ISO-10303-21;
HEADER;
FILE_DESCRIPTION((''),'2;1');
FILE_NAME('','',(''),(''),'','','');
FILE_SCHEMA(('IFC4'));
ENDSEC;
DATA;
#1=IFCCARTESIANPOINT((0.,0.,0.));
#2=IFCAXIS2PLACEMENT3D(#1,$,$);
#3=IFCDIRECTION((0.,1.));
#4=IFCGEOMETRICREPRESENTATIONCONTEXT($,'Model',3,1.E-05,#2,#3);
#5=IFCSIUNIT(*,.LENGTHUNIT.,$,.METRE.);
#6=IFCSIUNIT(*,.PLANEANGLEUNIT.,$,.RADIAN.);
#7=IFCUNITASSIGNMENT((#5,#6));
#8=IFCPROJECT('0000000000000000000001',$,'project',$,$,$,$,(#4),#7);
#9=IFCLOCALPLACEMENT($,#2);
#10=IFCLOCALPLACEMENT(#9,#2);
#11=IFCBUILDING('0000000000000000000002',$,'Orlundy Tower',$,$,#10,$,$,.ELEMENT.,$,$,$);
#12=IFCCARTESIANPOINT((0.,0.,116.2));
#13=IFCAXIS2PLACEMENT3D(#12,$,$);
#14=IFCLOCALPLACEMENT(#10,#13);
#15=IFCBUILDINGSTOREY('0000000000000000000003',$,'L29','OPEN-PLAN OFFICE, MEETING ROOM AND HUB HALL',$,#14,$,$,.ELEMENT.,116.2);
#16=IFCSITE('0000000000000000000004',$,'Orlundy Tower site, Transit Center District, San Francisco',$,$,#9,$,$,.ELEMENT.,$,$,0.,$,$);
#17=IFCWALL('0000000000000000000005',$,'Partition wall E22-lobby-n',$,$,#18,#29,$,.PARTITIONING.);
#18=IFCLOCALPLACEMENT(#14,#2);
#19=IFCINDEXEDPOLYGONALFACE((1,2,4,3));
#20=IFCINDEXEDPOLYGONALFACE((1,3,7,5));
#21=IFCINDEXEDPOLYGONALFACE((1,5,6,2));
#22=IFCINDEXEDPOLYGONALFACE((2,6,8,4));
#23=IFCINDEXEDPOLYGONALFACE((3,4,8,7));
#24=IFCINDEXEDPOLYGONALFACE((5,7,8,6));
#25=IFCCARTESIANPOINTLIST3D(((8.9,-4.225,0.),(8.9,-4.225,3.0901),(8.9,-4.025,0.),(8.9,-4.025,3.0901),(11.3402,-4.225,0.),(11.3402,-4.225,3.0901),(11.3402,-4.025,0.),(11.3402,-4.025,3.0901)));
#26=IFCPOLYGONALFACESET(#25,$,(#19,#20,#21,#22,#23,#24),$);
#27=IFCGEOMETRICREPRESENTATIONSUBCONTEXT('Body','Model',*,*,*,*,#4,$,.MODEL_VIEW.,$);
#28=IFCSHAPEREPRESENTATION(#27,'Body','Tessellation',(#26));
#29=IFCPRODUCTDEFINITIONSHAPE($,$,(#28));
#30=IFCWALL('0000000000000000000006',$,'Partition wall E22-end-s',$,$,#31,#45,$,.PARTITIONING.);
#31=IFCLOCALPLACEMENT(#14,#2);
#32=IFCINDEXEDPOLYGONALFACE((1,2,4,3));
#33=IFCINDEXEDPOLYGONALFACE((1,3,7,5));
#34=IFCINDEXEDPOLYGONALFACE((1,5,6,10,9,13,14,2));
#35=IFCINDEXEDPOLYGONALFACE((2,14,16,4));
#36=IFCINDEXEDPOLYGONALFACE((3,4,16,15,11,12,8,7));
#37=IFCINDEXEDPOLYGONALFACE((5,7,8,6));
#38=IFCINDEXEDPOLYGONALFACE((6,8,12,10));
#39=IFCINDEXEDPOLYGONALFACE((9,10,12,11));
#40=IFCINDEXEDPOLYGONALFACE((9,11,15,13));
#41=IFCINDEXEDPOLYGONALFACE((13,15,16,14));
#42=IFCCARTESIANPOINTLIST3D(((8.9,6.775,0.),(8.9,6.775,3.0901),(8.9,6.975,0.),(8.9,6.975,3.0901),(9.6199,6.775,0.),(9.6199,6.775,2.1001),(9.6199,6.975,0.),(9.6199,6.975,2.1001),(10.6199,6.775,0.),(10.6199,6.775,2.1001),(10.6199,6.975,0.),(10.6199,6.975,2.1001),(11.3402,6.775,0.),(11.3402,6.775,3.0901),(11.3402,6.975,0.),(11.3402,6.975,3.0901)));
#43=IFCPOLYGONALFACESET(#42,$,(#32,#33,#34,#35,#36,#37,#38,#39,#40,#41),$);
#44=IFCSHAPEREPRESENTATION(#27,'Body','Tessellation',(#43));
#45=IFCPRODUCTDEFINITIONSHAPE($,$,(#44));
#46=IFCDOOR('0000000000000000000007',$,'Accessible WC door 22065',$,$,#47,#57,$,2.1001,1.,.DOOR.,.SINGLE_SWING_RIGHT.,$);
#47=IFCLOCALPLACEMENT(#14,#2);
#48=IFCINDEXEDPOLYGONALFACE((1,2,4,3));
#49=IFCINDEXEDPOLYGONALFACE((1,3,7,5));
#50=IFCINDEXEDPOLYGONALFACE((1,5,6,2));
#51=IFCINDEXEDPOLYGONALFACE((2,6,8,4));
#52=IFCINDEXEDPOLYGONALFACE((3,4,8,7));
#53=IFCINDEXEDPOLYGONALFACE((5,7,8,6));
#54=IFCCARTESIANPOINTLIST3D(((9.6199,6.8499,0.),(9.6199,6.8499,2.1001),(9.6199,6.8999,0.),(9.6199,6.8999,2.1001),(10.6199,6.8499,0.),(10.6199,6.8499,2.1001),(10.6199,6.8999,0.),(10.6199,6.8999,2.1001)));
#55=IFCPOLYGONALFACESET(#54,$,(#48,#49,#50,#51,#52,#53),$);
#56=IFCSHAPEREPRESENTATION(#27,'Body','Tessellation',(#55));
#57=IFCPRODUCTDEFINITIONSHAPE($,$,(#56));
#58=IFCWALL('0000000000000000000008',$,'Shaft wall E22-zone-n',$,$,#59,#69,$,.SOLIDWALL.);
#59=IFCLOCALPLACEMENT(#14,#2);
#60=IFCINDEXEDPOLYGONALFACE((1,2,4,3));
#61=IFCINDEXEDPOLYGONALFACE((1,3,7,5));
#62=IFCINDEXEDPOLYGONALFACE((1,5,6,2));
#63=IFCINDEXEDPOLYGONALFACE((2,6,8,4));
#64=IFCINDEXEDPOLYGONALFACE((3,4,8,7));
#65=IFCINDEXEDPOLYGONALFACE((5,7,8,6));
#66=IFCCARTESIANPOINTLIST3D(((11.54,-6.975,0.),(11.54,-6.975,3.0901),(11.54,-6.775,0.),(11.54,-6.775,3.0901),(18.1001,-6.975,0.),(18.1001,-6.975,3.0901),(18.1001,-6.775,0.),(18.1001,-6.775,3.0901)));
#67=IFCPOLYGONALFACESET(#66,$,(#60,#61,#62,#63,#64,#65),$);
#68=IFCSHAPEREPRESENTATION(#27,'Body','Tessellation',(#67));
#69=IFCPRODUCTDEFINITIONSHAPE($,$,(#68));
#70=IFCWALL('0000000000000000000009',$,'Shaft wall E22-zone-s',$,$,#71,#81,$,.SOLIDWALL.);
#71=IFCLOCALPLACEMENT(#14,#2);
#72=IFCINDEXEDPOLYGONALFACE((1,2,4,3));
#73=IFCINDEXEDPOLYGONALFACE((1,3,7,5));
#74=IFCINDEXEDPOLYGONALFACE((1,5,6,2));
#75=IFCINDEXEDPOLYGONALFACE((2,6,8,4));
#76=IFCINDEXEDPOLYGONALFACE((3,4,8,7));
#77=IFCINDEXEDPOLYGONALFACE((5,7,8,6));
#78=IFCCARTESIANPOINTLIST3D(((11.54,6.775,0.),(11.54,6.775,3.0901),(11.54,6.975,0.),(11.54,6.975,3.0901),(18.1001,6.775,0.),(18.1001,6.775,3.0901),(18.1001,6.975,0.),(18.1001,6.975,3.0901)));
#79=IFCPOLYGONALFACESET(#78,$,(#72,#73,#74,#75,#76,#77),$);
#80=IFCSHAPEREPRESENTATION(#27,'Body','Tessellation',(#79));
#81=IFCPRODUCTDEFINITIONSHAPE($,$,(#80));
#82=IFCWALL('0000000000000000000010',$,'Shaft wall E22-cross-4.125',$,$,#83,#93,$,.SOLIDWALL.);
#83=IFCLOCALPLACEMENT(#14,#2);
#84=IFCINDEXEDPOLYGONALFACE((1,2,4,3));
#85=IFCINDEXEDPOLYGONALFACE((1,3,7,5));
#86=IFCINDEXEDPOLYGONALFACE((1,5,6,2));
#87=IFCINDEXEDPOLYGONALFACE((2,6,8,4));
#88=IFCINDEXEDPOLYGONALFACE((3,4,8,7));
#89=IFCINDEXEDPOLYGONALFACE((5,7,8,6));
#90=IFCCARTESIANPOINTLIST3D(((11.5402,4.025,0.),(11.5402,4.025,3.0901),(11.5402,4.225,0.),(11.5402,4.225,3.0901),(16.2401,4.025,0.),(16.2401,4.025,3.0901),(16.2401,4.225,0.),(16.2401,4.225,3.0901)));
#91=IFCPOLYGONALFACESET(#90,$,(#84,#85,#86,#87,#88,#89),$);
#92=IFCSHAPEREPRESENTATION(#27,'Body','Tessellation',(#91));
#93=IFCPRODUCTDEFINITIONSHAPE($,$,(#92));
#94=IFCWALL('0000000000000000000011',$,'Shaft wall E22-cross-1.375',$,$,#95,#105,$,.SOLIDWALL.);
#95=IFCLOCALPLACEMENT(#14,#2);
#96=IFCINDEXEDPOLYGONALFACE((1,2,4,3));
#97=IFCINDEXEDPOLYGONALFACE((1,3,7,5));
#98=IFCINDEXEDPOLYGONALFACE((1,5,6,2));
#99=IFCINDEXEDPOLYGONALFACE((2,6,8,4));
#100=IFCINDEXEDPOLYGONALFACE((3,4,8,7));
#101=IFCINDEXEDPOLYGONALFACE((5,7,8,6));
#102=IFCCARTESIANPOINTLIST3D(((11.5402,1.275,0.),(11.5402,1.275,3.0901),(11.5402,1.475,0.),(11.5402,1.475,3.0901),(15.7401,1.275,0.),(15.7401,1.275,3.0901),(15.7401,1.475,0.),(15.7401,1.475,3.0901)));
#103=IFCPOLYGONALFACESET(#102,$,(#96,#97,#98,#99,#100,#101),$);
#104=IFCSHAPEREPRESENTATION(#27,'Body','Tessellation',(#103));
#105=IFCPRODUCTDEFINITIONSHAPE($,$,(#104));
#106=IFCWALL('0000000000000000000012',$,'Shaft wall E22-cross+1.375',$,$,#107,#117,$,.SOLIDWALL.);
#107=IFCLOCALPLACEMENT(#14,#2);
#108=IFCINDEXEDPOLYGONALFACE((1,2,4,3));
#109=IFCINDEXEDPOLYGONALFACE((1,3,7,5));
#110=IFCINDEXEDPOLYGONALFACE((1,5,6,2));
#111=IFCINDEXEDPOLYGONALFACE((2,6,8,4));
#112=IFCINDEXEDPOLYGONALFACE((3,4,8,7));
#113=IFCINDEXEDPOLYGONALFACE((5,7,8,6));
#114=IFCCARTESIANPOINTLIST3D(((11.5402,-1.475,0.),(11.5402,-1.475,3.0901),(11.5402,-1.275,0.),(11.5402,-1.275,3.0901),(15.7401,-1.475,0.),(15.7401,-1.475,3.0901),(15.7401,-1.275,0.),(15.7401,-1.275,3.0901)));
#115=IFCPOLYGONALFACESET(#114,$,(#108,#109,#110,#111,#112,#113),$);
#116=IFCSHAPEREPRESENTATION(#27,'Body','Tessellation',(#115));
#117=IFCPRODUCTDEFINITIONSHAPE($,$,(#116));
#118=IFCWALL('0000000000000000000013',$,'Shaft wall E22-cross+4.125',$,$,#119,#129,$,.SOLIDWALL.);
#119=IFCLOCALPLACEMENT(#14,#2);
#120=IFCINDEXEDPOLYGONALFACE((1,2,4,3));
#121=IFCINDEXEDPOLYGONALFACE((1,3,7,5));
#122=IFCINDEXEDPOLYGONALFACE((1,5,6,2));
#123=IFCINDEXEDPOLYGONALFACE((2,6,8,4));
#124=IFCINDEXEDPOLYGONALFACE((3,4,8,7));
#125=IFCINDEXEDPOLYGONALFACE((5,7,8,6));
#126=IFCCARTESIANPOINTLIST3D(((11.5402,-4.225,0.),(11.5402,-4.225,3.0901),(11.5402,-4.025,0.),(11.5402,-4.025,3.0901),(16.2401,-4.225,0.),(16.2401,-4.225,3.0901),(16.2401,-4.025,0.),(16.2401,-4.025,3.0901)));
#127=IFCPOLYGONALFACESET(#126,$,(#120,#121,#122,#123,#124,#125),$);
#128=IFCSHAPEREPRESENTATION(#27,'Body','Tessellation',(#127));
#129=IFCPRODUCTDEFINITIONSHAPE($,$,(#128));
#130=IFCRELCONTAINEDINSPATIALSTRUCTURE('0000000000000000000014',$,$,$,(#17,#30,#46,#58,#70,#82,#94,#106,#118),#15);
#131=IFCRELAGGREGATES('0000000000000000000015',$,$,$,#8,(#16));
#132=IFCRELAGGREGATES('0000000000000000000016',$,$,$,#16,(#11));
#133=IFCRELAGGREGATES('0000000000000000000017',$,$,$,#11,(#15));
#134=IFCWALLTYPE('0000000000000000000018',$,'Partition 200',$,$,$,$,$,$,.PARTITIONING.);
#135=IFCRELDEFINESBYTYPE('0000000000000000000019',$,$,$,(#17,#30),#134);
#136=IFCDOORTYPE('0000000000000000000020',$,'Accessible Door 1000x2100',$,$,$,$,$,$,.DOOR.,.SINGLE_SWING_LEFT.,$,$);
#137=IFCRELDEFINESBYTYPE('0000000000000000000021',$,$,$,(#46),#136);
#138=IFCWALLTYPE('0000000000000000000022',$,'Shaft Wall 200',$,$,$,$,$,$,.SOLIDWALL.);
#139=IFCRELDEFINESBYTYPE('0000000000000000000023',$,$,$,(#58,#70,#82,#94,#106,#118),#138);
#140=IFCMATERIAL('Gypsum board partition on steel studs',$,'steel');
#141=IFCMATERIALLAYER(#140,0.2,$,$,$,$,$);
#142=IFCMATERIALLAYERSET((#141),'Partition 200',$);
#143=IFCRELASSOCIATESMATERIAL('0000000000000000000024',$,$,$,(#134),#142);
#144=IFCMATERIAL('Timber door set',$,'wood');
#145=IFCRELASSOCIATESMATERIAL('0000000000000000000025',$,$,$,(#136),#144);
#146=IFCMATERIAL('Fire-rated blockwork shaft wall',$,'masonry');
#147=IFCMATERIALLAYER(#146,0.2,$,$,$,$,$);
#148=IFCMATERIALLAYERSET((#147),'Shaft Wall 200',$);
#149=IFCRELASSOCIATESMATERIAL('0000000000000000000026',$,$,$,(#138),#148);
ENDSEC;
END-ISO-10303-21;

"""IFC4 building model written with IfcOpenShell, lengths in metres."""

from ifc_helpers import new_model, si_unit, direction, frame, frame_2d, origin, place, context, subcontext, project, spatial, rectangle, extrude, material, layer, layer_set, type_object, element, fill, save


model = new_model("IFC4")

# Units and contexts
model_context = context("Model", 3, precision=1e-05, world=origin(), true_north=direction((0.0, 1.0)))
body_context = subcontext(model_context, "Body", "Model", "MODEL_VIEW")
ifc_project = project(units=[si_unit("LENGTHUNIT", "METRE"), si_unit("PLANEANGLEUNIT", "RADIAN")], contexts=[model_context])

# Site, building, storey
site_placement = place(None, origin())
site = spatial("IfcSite", under=ifc_project, at=site_placement, Name="Orlundy Tower site, Transit Center District, San Francisco", CompositionType="ELEMENT", RefElevation=0.0)
building_placement = place(site_placement, origin())
building = spatial("IfcBuilding", under=site, at=building_placement, Name="Orlundy Tower", CompositionType="ELEMENT")
storey_placement = place(building_placement, frame((0.0, 0.0, 116.2)))
storey = spatial("IfcBuildingStorey", under=building, at=storey_placement, Name="L29", Description="OPEN-PLAN OFFICE, MEETING ROOM AND HUB HALL", CompositionType="ELEMENT", Elevation=116.2)

# Wall
ifc_material_1 = material(Name="Gypsum board partition on steel studs", Category="steel")
ifc_layer_1 = layer(ifc_material_1, 0.2)
ifc_layer_set_1 = layer_set([ifc_layer_1], Name="Partition 200")
wall_type_1 = type_object("IfcWallType", Name="Partition 200", PredefinedType="PARTITIONING", material=ifc_layer_set_1)
wall_1_placement = place(storey_placement, frame((8.8999, -4.125, 0.0), z_axis=(0.0, 0.0, 1.0), x_axis=(1.0, 0.0, 0.0)))
element("IfcWall", 1, at=wall_1_placement, inside=storey, type_object=wall_type_1, Name="Partition wall E22-lobby-n", PredefinedType="PARTITIONING", context=body_context, shape_type="SweptSolid", body=[
    extrude(rectangle(XDim=2.4402, YDim=0.2, at=frame_2d((1.2202, 0.0))), origin(), (0.0, 0.0, 1.0), 3.0901),
])

# Wall, opening, door
wall_2_placement = place(storey_placement, frame((8.8999, 6.875, 0.0), z_axis=(0.0, 0.0, 1.0), x_axis=(1.0, 0.0, 0.0)))
wall_2 = element("IfcWall", 2, at=wall_2_placement, inside=storey, type_object=wall_type_1, Name="Partition wall E22-end-s", PredefinedType="PARTITIONING", context=body_context, shape_type="SweptSolid", body=[
    extrude(rectangle(XDim=2.4402, YDim=0.2, at=frame_2d((1.2202, 0.0))), origin(), (0.0, 0.0, 1.0), 3.0901),
])
opening_1_placement = place(wall_2_placement, frame((0.72, 0.0, 0.0)))
opening_1 = element("IfcOpeningElement", 3, at=opening_1_placement, cuts=wall_2, PredefinedType="OPENING", context=body_context, shape_type="SweptSolid", body=[
    extrude(rectangle(XDim=1.0, YDim=2.1001, at=frame_2d((0.5, 1.05))), frame((0.0, 0.1101, 0.0), z_axis=(0.0, -1.0, 0.0), x_axis=(1.0, 0.0, 0.0)), (0.0, 0.0, 1.0), 0.2202),
])
ifc_material_2 = material(Name="Timber door set", Category="wood")
door_type_1 = type_object("IfcDoorType", Name="Accessible Door 1000x2100", OperationType="SINGLE_SWING_LEFT", PredefinedType="DOOR", material=ifc_material_2)
door_1_placement = place(opening_1_placement, origin())
door_1 = element("IfcDoor", 4, at=door_1_placement, inside=storey, type_object=door_type_1, Name="Accessible WC door 22065", OperationType="SINGLE_SWING_RIGHT", OverallHeight=2.1001, OverallWidth=1.0, PredefinedType="DOOR", context=body_context, shape_type="SweptSolid", body=[
    extrude(rectangle(XDim=1.0, YDim=2.1001, at=frame_2d((0.5, 1.05))), frame((0.0, 0.0249, 0.0), z_axis=(0.0, -1.0, 0.0), x_axis=(1.0, 0.0, 0.0)), (0.0, 0.0, 1.0), 0.05),
])
fill(opening_1, door_1)

# Walls
ifc_material_3 = material(Name="Fire-rated blockwork shaft wall", Category="masonry")
ifc_layer_2 = layer(ifc_material_3, 0.2)
ifc_layer_set_2 = layer_set([ifc_layer_2], Name="Shaft Wall 200")
wall_type_2 = type_object("IfcWallType", Name="Shaft Wall 200", PredefinedType="SOLIDWALL", material=ifc_layer_set_2)
for number, where, z_axis, x_axis, name in (
    (5, (11.54, -6.875, 0.0), (0.0, 0.0, 1.0), (1.0, 0.0, 0.0), "Shaft wall E22-zone-n"),
    (6, (11.54, 6.875, 0.0), (0.0, 0.0, 1.0), (1.0, 0.0, 0.0), "Shaft wall E22-zone-s"),
):
    element("IfcWall", number, at=place(storey_placement, frame(where, z_axis=z_axis, x_axis=x_axis)), inside=storey, type_object=wall_type_2, Name=name, PredefinedType="SOLIDWALL", context=body_context, shape_type="SweptSolid", body=[
        extrude(rectangle(XDim=6.5601, YDim=0.2, at=frame_2d((3.28, 0.0))), origin(), (0.0, 0.0, 1.0), 3.0901),
    ])
wall_3_placement = place(storey_placement, frame((11.54, 4.125, 0.0), z_axis=(0.0, 0.0, 1.0), x_axis=(1.0, 0.0, 0.0)))
element("IfcWall", 7, at=wall_3_placement, inside=storey, type_object=wall_type_2, Name="Shaft wall E22-cross-4.125", PredefinedType="SOLIDWALL", context=body_context, shape_type="SweptSolid", body=[
    extrude(rectangle(XDim=4.7, YDim=0.2, at=frame_2d((2.3501, 0.0))), origin(), (0.0, 0.0, 1.0), 3.0901),
])
for number, where, z_axis, x_axis, name in (
    (8, (11.54, 1.375, 0.0), (0.0, 0.0, 1.0), (1.0, 0.0, 0.0), "Shaft wall E22-cross-1.375"),
    (9, (11.54, -1.375, 0.0), (0.0, 0.0, 1.0), (1.0, 0.0, 0.0), "Shaft wall E22-cross+1.375"),
):
    element("IfcWall", number, at=place(storey_placement, frame(where, z_axis=z_axis, x_axis=x_axis)), inside=storey, type_object=wall_type_2, Name=name, PredefinedType="SOLIDWALL", context=body_context, shape_type="SweptSolid", body=[
        extrude(rectangle(XDim=4.2, YDim=0.2, at=frame_2d((2.1001, 0.0))), origin(), (0.0, 0.0, 1.0), 3.0901),
    ])
wall_4_placement = place(storey_placement, frame((11.54, -4.125, 0.0), z_axis=(0.0, 0.0, 1.0), x_axis=(1.0, 0.0, 0.0)))
element("IfcWall", 10, at=wall_4_placement, inside=storey, type_object=wall_type_2, Name="Shaft wall E22-cross+4.125", PredefinedType="SOLIDWALL", context=body_context, shape_type="SweptSolid", body=[
    extrude(rectangle(XDim=4.7, YDim=0.2, at=frame_2d((2.3501, 0.0))), origin(), (0.0, 0.0, 1.0), 3.0901),
])

save(model, "model.ifc")
